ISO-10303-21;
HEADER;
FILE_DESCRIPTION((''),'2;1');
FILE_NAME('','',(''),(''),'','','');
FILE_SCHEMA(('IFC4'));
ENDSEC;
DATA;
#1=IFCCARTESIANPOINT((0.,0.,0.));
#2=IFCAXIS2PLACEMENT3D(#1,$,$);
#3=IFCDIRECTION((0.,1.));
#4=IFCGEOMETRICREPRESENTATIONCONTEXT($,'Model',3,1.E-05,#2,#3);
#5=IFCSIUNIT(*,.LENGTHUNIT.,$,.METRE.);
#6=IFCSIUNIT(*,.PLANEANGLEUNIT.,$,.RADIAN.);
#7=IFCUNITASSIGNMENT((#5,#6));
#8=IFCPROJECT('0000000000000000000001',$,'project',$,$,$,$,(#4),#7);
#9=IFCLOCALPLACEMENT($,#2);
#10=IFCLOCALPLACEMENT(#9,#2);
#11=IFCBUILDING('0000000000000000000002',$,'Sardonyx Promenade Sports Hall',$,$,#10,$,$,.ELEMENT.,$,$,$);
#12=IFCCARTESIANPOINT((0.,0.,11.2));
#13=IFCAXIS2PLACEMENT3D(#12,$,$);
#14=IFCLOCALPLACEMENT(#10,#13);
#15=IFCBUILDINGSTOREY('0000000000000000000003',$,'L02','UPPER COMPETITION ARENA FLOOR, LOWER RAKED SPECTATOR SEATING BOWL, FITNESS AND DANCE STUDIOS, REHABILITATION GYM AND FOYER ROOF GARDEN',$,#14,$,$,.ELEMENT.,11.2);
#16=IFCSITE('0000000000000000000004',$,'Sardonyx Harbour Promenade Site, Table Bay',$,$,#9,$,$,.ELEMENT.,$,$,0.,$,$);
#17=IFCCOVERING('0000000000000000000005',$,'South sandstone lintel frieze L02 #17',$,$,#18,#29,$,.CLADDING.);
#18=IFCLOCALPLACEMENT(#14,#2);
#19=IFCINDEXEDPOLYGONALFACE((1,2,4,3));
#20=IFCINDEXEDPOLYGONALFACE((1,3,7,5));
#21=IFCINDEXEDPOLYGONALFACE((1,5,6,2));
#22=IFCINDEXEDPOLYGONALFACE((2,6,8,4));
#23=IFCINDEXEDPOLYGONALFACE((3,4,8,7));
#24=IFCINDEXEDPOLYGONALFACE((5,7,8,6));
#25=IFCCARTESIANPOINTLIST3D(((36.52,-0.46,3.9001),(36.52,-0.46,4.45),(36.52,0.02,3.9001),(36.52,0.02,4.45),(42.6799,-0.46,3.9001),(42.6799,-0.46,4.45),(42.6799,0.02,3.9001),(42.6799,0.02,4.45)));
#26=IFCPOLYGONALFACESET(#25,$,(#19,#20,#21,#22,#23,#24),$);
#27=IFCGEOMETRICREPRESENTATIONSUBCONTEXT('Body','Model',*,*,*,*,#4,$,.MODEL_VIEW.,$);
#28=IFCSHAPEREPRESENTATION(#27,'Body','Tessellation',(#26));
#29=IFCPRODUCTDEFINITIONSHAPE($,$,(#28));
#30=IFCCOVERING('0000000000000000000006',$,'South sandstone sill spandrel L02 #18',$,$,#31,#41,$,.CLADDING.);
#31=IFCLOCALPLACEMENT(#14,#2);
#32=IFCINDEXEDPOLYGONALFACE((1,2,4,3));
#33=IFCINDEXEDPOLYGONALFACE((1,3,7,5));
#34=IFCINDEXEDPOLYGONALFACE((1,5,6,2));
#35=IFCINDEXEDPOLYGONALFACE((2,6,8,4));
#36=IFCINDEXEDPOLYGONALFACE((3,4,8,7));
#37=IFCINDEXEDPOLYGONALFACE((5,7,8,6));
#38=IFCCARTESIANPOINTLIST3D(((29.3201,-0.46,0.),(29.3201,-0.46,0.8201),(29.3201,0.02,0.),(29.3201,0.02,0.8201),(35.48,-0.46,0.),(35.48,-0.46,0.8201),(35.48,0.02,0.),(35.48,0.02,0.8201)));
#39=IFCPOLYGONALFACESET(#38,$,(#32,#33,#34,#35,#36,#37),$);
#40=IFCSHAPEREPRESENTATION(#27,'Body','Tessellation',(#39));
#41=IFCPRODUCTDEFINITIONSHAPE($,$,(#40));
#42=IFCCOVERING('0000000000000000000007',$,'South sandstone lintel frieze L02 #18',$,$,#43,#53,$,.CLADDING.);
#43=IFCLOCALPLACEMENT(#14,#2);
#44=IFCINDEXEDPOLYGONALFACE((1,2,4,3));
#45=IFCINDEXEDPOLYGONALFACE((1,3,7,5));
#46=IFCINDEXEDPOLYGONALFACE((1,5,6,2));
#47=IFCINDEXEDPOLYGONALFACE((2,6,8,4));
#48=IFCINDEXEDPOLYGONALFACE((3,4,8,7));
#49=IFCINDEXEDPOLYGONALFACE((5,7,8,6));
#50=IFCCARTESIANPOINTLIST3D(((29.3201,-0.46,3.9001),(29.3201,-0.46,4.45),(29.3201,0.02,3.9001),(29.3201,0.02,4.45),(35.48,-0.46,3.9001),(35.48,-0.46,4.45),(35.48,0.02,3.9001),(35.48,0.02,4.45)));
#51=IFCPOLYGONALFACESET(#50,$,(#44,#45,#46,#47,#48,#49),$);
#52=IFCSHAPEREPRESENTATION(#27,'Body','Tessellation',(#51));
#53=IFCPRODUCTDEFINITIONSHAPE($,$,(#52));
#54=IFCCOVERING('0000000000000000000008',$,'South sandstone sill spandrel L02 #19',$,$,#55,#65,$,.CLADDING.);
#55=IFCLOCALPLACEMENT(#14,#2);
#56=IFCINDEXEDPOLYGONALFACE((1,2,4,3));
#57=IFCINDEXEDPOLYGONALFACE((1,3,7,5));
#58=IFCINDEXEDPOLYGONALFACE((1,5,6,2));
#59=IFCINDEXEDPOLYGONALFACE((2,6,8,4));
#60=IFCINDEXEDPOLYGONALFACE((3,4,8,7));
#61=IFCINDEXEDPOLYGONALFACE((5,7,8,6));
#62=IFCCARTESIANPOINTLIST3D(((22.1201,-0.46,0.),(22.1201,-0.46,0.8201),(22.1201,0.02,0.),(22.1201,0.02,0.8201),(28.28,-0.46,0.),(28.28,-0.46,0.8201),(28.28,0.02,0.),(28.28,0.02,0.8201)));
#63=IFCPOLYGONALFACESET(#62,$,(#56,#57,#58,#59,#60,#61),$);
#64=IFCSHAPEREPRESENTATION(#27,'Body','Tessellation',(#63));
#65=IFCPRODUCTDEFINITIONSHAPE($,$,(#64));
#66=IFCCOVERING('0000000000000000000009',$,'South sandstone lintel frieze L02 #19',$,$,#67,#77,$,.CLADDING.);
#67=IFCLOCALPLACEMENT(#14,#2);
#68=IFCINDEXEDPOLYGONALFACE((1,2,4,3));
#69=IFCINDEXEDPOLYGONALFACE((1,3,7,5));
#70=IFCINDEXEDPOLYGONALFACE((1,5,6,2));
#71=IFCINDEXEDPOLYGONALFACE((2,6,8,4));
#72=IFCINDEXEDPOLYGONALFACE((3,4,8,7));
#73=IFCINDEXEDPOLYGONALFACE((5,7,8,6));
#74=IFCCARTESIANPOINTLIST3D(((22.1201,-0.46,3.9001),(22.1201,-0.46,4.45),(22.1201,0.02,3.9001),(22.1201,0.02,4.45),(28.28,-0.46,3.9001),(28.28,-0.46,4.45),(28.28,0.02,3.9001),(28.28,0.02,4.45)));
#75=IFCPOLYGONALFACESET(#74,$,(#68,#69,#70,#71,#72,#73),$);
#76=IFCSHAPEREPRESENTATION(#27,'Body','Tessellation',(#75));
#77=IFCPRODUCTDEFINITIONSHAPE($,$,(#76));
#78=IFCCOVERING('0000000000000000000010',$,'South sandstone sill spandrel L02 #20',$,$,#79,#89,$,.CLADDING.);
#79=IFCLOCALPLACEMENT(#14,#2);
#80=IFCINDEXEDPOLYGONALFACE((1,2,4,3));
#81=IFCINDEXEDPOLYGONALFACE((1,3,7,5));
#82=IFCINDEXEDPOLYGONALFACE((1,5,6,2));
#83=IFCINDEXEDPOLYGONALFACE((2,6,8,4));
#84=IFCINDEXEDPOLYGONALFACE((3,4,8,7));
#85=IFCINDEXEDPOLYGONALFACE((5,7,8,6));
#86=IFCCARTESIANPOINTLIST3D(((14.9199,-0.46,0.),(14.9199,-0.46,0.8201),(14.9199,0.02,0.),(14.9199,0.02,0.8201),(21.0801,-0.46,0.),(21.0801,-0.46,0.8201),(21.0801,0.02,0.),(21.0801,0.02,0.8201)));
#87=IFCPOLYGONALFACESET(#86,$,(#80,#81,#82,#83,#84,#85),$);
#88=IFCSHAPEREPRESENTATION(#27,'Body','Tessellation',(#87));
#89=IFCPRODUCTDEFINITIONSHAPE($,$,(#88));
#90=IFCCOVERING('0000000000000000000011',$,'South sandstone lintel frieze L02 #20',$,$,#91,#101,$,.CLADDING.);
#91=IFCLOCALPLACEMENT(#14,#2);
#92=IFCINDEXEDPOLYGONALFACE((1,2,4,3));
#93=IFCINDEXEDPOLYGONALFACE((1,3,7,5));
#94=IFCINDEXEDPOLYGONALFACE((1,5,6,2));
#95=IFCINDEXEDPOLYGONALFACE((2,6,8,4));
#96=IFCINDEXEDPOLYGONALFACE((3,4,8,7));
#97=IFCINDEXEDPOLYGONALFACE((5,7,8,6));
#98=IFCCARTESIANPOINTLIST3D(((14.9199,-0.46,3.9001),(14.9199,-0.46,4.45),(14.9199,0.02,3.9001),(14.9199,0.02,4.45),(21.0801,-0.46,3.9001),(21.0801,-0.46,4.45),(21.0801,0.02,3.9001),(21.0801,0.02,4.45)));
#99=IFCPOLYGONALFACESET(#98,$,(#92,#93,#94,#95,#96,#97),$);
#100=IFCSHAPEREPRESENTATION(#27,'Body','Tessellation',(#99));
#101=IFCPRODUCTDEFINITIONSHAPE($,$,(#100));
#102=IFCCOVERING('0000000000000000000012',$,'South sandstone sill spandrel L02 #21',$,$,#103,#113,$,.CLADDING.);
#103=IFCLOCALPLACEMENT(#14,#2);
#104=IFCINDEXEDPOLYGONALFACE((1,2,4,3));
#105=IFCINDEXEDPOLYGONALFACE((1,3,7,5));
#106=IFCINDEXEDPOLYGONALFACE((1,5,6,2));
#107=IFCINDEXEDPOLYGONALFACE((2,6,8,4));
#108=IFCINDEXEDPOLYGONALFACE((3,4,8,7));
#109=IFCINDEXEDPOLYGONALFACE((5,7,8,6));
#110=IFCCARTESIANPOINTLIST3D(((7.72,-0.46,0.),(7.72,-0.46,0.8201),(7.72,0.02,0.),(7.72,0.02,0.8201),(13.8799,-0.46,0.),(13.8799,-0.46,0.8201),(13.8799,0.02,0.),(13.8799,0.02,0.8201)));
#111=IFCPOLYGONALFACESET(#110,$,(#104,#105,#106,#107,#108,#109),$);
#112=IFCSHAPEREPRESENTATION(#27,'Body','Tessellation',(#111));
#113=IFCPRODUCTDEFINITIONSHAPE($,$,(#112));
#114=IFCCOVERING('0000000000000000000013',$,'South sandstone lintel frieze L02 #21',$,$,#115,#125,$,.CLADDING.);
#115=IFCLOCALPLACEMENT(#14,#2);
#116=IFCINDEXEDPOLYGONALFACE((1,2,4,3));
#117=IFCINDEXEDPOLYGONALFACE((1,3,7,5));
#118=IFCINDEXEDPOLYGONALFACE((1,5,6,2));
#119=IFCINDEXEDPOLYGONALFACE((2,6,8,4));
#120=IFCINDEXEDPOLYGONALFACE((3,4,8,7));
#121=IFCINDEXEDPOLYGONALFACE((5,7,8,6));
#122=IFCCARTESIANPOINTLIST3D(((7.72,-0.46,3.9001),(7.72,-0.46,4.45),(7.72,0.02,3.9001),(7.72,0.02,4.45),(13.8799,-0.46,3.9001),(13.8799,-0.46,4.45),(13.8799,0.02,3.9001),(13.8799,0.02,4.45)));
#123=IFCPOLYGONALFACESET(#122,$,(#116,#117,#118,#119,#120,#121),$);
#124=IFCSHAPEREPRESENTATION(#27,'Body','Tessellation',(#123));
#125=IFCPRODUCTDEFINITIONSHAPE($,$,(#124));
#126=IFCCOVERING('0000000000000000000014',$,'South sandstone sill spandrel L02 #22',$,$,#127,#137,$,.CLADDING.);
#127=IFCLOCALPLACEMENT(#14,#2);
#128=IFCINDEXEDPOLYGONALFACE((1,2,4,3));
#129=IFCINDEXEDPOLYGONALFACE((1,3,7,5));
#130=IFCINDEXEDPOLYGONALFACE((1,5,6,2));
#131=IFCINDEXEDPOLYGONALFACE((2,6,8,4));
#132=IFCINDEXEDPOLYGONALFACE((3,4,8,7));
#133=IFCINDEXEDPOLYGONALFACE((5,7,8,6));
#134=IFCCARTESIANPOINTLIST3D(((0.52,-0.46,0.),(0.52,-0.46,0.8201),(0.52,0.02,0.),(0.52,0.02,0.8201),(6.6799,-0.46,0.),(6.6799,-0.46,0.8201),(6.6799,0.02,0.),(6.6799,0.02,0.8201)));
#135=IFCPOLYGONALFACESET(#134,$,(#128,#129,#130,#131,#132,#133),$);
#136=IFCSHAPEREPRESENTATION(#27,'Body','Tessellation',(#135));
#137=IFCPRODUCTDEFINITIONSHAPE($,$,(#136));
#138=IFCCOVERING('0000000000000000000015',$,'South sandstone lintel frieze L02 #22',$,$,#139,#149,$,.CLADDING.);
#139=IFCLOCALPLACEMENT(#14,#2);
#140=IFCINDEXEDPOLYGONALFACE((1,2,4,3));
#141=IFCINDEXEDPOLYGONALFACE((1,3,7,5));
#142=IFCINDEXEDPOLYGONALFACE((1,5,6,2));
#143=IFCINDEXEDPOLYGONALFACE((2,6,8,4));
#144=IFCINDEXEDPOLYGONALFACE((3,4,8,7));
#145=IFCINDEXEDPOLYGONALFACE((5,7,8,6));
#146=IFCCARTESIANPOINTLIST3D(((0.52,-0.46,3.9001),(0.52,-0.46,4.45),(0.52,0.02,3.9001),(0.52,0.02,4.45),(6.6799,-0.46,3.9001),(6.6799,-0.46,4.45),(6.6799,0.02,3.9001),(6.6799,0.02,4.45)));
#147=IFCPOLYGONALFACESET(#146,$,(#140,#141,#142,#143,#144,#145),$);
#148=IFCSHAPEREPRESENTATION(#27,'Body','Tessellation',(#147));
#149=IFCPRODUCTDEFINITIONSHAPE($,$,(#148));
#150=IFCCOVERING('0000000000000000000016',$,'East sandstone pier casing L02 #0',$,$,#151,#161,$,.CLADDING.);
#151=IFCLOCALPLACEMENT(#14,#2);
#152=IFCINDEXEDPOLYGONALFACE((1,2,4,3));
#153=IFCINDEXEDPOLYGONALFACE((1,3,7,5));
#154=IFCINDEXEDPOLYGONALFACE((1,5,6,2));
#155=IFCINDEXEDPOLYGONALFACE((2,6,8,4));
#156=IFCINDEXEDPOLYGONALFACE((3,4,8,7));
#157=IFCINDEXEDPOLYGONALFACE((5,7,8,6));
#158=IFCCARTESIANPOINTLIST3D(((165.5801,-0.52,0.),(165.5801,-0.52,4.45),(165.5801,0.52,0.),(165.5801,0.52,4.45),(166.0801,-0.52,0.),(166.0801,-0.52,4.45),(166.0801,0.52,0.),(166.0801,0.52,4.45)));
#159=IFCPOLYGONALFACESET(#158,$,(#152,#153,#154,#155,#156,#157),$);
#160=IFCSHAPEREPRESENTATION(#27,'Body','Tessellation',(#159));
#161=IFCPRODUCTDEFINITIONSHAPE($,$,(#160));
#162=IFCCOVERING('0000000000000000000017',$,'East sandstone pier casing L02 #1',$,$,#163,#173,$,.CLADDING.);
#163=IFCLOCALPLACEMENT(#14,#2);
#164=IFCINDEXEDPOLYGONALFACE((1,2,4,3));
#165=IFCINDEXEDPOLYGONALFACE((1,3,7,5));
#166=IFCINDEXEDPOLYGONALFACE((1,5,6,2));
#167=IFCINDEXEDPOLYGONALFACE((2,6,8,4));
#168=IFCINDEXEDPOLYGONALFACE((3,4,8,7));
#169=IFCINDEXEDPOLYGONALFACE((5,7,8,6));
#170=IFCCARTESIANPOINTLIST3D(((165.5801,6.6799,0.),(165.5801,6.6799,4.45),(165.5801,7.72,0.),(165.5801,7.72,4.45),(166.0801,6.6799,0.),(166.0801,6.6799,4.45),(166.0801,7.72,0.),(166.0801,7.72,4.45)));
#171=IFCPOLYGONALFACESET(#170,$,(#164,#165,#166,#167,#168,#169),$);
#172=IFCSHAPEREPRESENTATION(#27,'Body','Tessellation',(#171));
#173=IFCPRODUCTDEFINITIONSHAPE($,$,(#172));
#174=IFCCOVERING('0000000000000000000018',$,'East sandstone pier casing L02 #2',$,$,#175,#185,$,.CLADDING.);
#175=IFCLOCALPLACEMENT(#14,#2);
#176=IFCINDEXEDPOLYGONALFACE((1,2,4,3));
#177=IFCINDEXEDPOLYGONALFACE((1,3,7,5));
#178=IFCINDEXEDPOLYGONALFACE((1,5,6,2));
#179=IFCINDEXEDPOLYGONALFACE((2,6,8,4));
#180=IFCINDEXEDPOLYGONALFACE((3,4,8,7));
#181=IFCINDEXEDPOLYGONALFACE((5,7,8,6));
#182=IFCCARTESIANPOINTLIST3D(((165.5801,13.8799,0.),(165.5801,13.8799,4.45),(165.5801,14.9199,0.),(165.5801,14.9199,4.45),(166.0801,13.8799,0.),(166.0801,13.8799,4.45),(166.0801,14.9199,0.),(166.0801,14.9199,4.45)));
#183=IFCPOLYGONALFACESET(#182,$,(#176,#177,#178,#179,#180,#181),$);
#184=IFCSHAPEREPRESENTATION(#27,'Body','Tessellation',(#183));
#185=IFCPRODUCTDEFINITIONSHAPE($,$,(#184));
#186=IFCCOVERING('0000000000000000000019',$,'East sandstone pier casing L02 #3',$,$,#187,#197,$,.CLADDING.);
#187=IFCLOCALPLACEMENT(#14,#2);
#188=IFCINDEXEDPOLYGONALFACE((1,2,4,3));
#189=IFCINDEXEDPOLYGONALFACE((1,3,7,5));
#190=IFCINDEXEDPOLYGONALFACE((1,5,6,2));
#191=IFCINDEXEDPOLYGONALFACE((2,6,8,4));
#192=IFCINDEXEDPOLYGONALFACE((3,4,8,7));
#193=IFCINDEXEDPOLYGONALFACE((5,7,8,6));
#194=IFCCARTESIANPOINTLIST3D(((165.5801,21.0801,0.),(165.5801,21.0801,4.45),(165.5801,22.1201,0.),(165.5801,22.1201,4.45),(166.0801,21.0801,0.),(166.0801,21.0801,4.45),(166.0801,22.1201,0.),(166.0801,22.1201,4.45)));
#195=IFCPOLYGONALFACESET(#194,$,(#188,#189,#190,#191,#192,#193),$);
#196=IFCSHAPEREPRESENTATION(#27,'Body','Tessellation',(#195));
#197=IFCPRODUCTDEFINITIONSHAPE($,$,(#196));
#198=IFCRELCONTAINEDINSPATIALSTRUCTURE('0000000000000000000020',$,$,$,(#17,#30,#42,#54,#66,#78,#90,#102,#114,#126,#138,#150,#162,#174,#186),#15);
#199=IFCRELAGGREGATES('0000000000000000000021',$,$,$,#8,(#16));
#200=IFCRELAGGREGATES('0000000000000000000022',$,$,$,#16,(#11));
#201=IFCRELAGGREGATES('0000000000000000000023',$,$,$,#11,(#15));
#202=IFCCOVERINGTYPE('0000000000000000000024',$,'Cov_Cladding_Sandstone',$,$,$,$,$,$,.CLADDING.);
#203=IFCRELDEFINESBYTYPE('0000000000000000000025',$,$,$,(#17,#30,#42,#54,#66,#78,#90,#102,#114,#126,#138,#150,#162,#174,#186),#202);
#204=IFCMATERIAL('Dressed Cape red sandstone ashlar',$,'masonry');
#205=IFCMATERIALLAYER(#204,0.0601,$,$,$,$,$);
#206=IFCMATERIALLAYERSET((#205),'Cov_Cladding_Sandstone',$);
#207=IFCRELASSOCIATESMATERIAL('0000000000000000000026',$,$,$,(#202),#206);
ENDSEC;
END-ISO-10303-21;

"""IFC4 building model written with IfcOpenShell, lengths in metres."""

from ifc_helpers import new_model, si_unit, direction, frame, origin, place, context, subcontext, project, spatial, polyline, outline, extrude, material, layer, layer_set, type_object, element, save


model = new_model("IFC4")

# Units and contexts
model_context = context("Model", 3, precision=1e-05, world=origin(), true_north=direction((0.0, 1.0)))
body_context = subcontext(model_context, "Body", "Model", "MODEL_VIEW")
ifc_project = project(units=[si_unit("LENGTHUNIT", "METRE"), si_unit("PLANEANGLEUNIT", "RADIAN")], contexts=[model_context])

# Site, building, storey
site_placement = place(None, origin())
site = spatial("IfcSite", under=ifc_project, at=site_placement, Name="Sardonyx Harbour Promenade Site, Table Bay", CompositionType="ELEMENT", RefElevation=0.0)
building_placement = place(site_placement, origin())
building = spatial("IfcBuilding", under=site, at=building_placement, Name="Sardonyx Promenade Sports Hall", CompositionType="ELEMENT")
storey_placement = place(building_placement, frame((0.0, 0.0, 11.2)))
storey = spatial("IfcBuildingStorey", under=building, at=storey_placement, Name="L02", Description="UPPER COMPETITION ARENA FLOOR, LOWER RAKED SPECTATOR SEATING BOWL, FITNESS AND DANCE STUDIOS, REHABILITATION GYM AND FOYER ROOF GARDEN", CompositionType="ELEMENT", Elevation=11.2)

# Coverings
ifc_material_1 = material(Name="Dressed Cape red sandstone ashlar", Category="masonry")
ifc_layer_1 = layer(ifc_material_1, 0.0601)
ifc_layer_set_1 = layer_set([ifc_layer_1], Name="Cov_Cladding_Sandstone")
covering_type_1 = type_object("IfcCoveringType", Name="Cov_Cladding_Sandstone", PredefinedType="CLADDING", material=ifc_layer_set_1)
covering_1_placement = place(storey_placement, frame((0.0, 0.0, 3.9001)))
element("IfcCovering", 1, at=covering_1_placement, inside=storey, type_object=covering_type_1, Name="South sandstone lintel frieze L02 #17", PredefinedType="CLADDING", context=body_context, shape_type="SweptSolid", body=[
    extrude(outline(polyline([(36.52, -0.46), (42.6799, -0.46), (42.6799, 0.02), (36.52, 0.02), (36.52, -0.46)])), origin(), (0.0, 0.0, 1.0), 0.5498),
])
covering_2_placement = place(storey_placement, origin())
element("IfcCovering", 2, at=covering_2_placement, inside=storey, type_object=covering_type_1, Name="South sandstone sill spandrel L02 #18", PredefinedType="CLADDING", context=body_context, shape_type="SweptSolid", body=[
    extrude(outline(polyline([(29.3201, -0.46), (35.48, -0.46), (35.48, 0.02), (29.3201, 0.02), (29.3201, -0.46)])), origin(), (0.0, 0.0, 1.0), 0.8201),
])
covering_3_placement = place(storey_placement, frame((0.0, 0.0, 3.9001)))
element("IfcCovering", 3, at=covering_3_placement, inside=storey, type_object=covering_type_1, Name="South sandstone lintel frieze L02 #18", PredefinedType="CLADDING", context=body_context, shape_type="SweptSolid", body=[
    extrude(outline(polyline([(29.3201, -0.46), (35.48, -0.46), (35.48, 0.02), (29.3201, 0.02), (29.3201, -0.46)])), origin(), (0.0, 0.0, 1.0), 0.5498),
])
covering_4_placement = place(storey_placement, origin())
element("IfcCovering", 4, at=covering_4_placement, inside=storey, type_object=covering_type_1, Name="South sandstone sill spandrel L02 #19", PredefinedType="CLADDING", context=body_context, shape_type="SweptSolid", body=[
    extrude(outline(polyline([(22.1201, -0.46), (28.28, -0.46), (28.28, 0.02), (22.1201, 0.02), (22.1201, -0.46)])), origin(), (0.0, 0.0, 1.0), 0.8201),
])
covering_5_placement = place(storey_placement, frame((0.0, 0.0, 3.9001)))
element("IfcCovering", 5, at=covering_5_placement, inside=storey, type_object=covering_type_1, Name="South sandstone lintel frieze L02 #19", PredefinedType="CLADDING", context=body_context, shape_type="SweptSolid", body=[
    extrude(outline(polyline([(22.1201, -0.46), (28.28, -0.46), (28.28, 0.02), (22.1201, 0.02), (22.1201, -0.46)])), origin(), (0.0, 0.0, 1.0), 0.5498),
])
covering_6_placement = place(storey_placement, origin())
element("IfcCovering", 6, at=covering_6_placement, inside=storey, type_object=covering_type_1, Name="South sandstone sill spandrel L02 #20", PredefinedType="CLADDING", context=body_context, shape_type="SweptSolid", body=[
    extrude(outline(polyline([(14.9199, -0.46), (21.0801, -0.46), (21.0801, 0.02), (14.9199, 0.02), (14.9199, -0.46)])), origin(), (0.0, 0.0, 1.0), 0.8201),
])
covering_7_placement = place(storey_placement, frame((0.0, 0.0, 3.9001)))
element("IfcCovering", 7, at=covering_7_placement, inside=storey, type_object=covering_type_1, Name="South sandstone lintel frieze L02 #20", PredefinedType="CLADDING", context=body_context, shape_type="SweptSolid", body=[
    extrude(outline(polyline([(14.9199, -0.46), (21.0801, -0.46), (21.0801, 0.02), (14.9199, 0.02), (14.9199, -0.46)])), origin(), (0.0, 0.0, 1.0), 0.5498),
])
covering_8_placement = place(storey_placement, origin())
element("IfcCovering", 8, at=covering_8_placement, inside=storey, type_object=covering_type_1, Name="South sandstone sill spandrel L02 #21", PredefinedType="CLADDING", context=body_context, shape_type="SweptSolid", body=[
    extrude(outline(polyline([(7.72, -0.46), (13.8799, -0.46), (13.8799, 0.02), (7.72, 0.02), (7.72, -0.46)])), origin(), (0.0, 0.0, 1.0), 0.8201),
])
covering_9_placement = place(storey_placement, frame((0.0, 0.0, 3.9001)))
element("IfcCovering", 9, at=covering_9_placement, inside=storey, type_object=covering_type_1, Name="South sandstone lintel frieze L02 #21", PredefinedType="CLADDING", context=body_context, shape_type="SweptSolid", body=[
    extrude(outline(polyline([(7.72, -0.46), (13.8799, -0.46), (13.8799, 0.02), (7.72, 0.02), (7.72, -0.46)])), origin(), (0.0, 0.0, 1.0), 0.5498),
])
covering_10_placement = place(storey_placement, origin())
element("IfcCovering", 10, at=covering_10_placement, inside=storey, type_object=covering_type_1, Name="South sandstone sill spandrel L02 #22", PredefinedType="CLADDING", context=body_context, shape_type="SweptSolid", body=[
    extrude(outline(polyline([(0.52, -0.46), (6.6799, -0.46), (6.6799, 0.02), (0.52, 0.02), (0.52, -0.46)])), origin(), (0.0, 0.0, 1.0), 0.8201),
])
covering_11_placement = place(storey_placement, frame((0.0, 0.0, 3.9001)))
element("IfcCovering", 11, at=covering_11_placement, inside=storey, type_object=covering_type_1, Name="South sandstone lintel frieze L02 #22", PredefinedType="CLADDING", context=body_context, shape_type="SweptSolid", body=[
    extrude(outline(polyline([(0.52, -0.46), (6.6799, -0.46), (6.6799, 0.02), (0.52, 0.02), (0.52, -0.46)])), origin(), (0.0, 0.0, 1.0), 0.5498),
])
covering_12_placement = place(storey_placement, origin())
element("IfcCovering", 12, at=covering_12_placement, inside=storey, type_object=covering_type_1, Name="East sandstone pier casing L02 #0", PredefinedType="CLADDING", context=body_context, shape_type="SweptSolid", body=[
    extrude(outline(polyline([(165.5801, -0.52), (166.0801, -0.52), (166.0801, 0.52), (165.5801, 0.52), (165.5801, -0.52)])), origin(), (0.0, 0.0, 1.0), 4.45),
])
covering_13_placement = place(storey_placement, origin())
element("IfcCovering", 13, at=covering_13_placement, inside=storey, type_object=covering_type_1, Name="East sandstone pier casing L02 #1", PredefinedType="CLADDING", context=body_context, shape_type="SweptSolid", body=[
    extrude(outline(polyline([(165.5801, 6.6799), (166.0801, 6.6799), (166.0801, 7.72), (165.5801, 7.72), (165.5801, 6.6799)])), origin(), (0.0, 0.0, 1.0), 4.45),
])
covering_14_placement = place(storey_placement, origin())
element("IfcCovering", 14, at=covering_14_placement, inside=storey, type_object=covering_type_1, Name="East sandstone pier casing L02 #2", PredefinedType="CLADDING", context=body_context, shape_type="SweptSolid", body=[
    extrude(outline(polyline([(165.5801, 13.8799), (166.0801, 13.8799), (166.0801, 14.9199), (165.5801, 14.9199), (165.5801, 13.8799)])), origin(), (0.0, 0.0, 1.0), 4.45),
])
covering_15_placement = place(storey_placement, origin())
element("IfcCovering", 15, at=covering_15_placement, inside=storey, type_object=covering_type_1, Name="East sandstone pier casing L02 #3", PredefinedType="CLADDING", context=body_context, shape_type="SweptSolid", body=[
    extrude(outline(polyline([(165.5801, 21.0801), (166.0801, 21.0801), (166.0801, 22.1201), (165.5801, 22.1201), (165.5801, 21.0801)])), origin(), (0.0, 0.0, 1.0), 4.45),
])

save(model, "model.ifc")
